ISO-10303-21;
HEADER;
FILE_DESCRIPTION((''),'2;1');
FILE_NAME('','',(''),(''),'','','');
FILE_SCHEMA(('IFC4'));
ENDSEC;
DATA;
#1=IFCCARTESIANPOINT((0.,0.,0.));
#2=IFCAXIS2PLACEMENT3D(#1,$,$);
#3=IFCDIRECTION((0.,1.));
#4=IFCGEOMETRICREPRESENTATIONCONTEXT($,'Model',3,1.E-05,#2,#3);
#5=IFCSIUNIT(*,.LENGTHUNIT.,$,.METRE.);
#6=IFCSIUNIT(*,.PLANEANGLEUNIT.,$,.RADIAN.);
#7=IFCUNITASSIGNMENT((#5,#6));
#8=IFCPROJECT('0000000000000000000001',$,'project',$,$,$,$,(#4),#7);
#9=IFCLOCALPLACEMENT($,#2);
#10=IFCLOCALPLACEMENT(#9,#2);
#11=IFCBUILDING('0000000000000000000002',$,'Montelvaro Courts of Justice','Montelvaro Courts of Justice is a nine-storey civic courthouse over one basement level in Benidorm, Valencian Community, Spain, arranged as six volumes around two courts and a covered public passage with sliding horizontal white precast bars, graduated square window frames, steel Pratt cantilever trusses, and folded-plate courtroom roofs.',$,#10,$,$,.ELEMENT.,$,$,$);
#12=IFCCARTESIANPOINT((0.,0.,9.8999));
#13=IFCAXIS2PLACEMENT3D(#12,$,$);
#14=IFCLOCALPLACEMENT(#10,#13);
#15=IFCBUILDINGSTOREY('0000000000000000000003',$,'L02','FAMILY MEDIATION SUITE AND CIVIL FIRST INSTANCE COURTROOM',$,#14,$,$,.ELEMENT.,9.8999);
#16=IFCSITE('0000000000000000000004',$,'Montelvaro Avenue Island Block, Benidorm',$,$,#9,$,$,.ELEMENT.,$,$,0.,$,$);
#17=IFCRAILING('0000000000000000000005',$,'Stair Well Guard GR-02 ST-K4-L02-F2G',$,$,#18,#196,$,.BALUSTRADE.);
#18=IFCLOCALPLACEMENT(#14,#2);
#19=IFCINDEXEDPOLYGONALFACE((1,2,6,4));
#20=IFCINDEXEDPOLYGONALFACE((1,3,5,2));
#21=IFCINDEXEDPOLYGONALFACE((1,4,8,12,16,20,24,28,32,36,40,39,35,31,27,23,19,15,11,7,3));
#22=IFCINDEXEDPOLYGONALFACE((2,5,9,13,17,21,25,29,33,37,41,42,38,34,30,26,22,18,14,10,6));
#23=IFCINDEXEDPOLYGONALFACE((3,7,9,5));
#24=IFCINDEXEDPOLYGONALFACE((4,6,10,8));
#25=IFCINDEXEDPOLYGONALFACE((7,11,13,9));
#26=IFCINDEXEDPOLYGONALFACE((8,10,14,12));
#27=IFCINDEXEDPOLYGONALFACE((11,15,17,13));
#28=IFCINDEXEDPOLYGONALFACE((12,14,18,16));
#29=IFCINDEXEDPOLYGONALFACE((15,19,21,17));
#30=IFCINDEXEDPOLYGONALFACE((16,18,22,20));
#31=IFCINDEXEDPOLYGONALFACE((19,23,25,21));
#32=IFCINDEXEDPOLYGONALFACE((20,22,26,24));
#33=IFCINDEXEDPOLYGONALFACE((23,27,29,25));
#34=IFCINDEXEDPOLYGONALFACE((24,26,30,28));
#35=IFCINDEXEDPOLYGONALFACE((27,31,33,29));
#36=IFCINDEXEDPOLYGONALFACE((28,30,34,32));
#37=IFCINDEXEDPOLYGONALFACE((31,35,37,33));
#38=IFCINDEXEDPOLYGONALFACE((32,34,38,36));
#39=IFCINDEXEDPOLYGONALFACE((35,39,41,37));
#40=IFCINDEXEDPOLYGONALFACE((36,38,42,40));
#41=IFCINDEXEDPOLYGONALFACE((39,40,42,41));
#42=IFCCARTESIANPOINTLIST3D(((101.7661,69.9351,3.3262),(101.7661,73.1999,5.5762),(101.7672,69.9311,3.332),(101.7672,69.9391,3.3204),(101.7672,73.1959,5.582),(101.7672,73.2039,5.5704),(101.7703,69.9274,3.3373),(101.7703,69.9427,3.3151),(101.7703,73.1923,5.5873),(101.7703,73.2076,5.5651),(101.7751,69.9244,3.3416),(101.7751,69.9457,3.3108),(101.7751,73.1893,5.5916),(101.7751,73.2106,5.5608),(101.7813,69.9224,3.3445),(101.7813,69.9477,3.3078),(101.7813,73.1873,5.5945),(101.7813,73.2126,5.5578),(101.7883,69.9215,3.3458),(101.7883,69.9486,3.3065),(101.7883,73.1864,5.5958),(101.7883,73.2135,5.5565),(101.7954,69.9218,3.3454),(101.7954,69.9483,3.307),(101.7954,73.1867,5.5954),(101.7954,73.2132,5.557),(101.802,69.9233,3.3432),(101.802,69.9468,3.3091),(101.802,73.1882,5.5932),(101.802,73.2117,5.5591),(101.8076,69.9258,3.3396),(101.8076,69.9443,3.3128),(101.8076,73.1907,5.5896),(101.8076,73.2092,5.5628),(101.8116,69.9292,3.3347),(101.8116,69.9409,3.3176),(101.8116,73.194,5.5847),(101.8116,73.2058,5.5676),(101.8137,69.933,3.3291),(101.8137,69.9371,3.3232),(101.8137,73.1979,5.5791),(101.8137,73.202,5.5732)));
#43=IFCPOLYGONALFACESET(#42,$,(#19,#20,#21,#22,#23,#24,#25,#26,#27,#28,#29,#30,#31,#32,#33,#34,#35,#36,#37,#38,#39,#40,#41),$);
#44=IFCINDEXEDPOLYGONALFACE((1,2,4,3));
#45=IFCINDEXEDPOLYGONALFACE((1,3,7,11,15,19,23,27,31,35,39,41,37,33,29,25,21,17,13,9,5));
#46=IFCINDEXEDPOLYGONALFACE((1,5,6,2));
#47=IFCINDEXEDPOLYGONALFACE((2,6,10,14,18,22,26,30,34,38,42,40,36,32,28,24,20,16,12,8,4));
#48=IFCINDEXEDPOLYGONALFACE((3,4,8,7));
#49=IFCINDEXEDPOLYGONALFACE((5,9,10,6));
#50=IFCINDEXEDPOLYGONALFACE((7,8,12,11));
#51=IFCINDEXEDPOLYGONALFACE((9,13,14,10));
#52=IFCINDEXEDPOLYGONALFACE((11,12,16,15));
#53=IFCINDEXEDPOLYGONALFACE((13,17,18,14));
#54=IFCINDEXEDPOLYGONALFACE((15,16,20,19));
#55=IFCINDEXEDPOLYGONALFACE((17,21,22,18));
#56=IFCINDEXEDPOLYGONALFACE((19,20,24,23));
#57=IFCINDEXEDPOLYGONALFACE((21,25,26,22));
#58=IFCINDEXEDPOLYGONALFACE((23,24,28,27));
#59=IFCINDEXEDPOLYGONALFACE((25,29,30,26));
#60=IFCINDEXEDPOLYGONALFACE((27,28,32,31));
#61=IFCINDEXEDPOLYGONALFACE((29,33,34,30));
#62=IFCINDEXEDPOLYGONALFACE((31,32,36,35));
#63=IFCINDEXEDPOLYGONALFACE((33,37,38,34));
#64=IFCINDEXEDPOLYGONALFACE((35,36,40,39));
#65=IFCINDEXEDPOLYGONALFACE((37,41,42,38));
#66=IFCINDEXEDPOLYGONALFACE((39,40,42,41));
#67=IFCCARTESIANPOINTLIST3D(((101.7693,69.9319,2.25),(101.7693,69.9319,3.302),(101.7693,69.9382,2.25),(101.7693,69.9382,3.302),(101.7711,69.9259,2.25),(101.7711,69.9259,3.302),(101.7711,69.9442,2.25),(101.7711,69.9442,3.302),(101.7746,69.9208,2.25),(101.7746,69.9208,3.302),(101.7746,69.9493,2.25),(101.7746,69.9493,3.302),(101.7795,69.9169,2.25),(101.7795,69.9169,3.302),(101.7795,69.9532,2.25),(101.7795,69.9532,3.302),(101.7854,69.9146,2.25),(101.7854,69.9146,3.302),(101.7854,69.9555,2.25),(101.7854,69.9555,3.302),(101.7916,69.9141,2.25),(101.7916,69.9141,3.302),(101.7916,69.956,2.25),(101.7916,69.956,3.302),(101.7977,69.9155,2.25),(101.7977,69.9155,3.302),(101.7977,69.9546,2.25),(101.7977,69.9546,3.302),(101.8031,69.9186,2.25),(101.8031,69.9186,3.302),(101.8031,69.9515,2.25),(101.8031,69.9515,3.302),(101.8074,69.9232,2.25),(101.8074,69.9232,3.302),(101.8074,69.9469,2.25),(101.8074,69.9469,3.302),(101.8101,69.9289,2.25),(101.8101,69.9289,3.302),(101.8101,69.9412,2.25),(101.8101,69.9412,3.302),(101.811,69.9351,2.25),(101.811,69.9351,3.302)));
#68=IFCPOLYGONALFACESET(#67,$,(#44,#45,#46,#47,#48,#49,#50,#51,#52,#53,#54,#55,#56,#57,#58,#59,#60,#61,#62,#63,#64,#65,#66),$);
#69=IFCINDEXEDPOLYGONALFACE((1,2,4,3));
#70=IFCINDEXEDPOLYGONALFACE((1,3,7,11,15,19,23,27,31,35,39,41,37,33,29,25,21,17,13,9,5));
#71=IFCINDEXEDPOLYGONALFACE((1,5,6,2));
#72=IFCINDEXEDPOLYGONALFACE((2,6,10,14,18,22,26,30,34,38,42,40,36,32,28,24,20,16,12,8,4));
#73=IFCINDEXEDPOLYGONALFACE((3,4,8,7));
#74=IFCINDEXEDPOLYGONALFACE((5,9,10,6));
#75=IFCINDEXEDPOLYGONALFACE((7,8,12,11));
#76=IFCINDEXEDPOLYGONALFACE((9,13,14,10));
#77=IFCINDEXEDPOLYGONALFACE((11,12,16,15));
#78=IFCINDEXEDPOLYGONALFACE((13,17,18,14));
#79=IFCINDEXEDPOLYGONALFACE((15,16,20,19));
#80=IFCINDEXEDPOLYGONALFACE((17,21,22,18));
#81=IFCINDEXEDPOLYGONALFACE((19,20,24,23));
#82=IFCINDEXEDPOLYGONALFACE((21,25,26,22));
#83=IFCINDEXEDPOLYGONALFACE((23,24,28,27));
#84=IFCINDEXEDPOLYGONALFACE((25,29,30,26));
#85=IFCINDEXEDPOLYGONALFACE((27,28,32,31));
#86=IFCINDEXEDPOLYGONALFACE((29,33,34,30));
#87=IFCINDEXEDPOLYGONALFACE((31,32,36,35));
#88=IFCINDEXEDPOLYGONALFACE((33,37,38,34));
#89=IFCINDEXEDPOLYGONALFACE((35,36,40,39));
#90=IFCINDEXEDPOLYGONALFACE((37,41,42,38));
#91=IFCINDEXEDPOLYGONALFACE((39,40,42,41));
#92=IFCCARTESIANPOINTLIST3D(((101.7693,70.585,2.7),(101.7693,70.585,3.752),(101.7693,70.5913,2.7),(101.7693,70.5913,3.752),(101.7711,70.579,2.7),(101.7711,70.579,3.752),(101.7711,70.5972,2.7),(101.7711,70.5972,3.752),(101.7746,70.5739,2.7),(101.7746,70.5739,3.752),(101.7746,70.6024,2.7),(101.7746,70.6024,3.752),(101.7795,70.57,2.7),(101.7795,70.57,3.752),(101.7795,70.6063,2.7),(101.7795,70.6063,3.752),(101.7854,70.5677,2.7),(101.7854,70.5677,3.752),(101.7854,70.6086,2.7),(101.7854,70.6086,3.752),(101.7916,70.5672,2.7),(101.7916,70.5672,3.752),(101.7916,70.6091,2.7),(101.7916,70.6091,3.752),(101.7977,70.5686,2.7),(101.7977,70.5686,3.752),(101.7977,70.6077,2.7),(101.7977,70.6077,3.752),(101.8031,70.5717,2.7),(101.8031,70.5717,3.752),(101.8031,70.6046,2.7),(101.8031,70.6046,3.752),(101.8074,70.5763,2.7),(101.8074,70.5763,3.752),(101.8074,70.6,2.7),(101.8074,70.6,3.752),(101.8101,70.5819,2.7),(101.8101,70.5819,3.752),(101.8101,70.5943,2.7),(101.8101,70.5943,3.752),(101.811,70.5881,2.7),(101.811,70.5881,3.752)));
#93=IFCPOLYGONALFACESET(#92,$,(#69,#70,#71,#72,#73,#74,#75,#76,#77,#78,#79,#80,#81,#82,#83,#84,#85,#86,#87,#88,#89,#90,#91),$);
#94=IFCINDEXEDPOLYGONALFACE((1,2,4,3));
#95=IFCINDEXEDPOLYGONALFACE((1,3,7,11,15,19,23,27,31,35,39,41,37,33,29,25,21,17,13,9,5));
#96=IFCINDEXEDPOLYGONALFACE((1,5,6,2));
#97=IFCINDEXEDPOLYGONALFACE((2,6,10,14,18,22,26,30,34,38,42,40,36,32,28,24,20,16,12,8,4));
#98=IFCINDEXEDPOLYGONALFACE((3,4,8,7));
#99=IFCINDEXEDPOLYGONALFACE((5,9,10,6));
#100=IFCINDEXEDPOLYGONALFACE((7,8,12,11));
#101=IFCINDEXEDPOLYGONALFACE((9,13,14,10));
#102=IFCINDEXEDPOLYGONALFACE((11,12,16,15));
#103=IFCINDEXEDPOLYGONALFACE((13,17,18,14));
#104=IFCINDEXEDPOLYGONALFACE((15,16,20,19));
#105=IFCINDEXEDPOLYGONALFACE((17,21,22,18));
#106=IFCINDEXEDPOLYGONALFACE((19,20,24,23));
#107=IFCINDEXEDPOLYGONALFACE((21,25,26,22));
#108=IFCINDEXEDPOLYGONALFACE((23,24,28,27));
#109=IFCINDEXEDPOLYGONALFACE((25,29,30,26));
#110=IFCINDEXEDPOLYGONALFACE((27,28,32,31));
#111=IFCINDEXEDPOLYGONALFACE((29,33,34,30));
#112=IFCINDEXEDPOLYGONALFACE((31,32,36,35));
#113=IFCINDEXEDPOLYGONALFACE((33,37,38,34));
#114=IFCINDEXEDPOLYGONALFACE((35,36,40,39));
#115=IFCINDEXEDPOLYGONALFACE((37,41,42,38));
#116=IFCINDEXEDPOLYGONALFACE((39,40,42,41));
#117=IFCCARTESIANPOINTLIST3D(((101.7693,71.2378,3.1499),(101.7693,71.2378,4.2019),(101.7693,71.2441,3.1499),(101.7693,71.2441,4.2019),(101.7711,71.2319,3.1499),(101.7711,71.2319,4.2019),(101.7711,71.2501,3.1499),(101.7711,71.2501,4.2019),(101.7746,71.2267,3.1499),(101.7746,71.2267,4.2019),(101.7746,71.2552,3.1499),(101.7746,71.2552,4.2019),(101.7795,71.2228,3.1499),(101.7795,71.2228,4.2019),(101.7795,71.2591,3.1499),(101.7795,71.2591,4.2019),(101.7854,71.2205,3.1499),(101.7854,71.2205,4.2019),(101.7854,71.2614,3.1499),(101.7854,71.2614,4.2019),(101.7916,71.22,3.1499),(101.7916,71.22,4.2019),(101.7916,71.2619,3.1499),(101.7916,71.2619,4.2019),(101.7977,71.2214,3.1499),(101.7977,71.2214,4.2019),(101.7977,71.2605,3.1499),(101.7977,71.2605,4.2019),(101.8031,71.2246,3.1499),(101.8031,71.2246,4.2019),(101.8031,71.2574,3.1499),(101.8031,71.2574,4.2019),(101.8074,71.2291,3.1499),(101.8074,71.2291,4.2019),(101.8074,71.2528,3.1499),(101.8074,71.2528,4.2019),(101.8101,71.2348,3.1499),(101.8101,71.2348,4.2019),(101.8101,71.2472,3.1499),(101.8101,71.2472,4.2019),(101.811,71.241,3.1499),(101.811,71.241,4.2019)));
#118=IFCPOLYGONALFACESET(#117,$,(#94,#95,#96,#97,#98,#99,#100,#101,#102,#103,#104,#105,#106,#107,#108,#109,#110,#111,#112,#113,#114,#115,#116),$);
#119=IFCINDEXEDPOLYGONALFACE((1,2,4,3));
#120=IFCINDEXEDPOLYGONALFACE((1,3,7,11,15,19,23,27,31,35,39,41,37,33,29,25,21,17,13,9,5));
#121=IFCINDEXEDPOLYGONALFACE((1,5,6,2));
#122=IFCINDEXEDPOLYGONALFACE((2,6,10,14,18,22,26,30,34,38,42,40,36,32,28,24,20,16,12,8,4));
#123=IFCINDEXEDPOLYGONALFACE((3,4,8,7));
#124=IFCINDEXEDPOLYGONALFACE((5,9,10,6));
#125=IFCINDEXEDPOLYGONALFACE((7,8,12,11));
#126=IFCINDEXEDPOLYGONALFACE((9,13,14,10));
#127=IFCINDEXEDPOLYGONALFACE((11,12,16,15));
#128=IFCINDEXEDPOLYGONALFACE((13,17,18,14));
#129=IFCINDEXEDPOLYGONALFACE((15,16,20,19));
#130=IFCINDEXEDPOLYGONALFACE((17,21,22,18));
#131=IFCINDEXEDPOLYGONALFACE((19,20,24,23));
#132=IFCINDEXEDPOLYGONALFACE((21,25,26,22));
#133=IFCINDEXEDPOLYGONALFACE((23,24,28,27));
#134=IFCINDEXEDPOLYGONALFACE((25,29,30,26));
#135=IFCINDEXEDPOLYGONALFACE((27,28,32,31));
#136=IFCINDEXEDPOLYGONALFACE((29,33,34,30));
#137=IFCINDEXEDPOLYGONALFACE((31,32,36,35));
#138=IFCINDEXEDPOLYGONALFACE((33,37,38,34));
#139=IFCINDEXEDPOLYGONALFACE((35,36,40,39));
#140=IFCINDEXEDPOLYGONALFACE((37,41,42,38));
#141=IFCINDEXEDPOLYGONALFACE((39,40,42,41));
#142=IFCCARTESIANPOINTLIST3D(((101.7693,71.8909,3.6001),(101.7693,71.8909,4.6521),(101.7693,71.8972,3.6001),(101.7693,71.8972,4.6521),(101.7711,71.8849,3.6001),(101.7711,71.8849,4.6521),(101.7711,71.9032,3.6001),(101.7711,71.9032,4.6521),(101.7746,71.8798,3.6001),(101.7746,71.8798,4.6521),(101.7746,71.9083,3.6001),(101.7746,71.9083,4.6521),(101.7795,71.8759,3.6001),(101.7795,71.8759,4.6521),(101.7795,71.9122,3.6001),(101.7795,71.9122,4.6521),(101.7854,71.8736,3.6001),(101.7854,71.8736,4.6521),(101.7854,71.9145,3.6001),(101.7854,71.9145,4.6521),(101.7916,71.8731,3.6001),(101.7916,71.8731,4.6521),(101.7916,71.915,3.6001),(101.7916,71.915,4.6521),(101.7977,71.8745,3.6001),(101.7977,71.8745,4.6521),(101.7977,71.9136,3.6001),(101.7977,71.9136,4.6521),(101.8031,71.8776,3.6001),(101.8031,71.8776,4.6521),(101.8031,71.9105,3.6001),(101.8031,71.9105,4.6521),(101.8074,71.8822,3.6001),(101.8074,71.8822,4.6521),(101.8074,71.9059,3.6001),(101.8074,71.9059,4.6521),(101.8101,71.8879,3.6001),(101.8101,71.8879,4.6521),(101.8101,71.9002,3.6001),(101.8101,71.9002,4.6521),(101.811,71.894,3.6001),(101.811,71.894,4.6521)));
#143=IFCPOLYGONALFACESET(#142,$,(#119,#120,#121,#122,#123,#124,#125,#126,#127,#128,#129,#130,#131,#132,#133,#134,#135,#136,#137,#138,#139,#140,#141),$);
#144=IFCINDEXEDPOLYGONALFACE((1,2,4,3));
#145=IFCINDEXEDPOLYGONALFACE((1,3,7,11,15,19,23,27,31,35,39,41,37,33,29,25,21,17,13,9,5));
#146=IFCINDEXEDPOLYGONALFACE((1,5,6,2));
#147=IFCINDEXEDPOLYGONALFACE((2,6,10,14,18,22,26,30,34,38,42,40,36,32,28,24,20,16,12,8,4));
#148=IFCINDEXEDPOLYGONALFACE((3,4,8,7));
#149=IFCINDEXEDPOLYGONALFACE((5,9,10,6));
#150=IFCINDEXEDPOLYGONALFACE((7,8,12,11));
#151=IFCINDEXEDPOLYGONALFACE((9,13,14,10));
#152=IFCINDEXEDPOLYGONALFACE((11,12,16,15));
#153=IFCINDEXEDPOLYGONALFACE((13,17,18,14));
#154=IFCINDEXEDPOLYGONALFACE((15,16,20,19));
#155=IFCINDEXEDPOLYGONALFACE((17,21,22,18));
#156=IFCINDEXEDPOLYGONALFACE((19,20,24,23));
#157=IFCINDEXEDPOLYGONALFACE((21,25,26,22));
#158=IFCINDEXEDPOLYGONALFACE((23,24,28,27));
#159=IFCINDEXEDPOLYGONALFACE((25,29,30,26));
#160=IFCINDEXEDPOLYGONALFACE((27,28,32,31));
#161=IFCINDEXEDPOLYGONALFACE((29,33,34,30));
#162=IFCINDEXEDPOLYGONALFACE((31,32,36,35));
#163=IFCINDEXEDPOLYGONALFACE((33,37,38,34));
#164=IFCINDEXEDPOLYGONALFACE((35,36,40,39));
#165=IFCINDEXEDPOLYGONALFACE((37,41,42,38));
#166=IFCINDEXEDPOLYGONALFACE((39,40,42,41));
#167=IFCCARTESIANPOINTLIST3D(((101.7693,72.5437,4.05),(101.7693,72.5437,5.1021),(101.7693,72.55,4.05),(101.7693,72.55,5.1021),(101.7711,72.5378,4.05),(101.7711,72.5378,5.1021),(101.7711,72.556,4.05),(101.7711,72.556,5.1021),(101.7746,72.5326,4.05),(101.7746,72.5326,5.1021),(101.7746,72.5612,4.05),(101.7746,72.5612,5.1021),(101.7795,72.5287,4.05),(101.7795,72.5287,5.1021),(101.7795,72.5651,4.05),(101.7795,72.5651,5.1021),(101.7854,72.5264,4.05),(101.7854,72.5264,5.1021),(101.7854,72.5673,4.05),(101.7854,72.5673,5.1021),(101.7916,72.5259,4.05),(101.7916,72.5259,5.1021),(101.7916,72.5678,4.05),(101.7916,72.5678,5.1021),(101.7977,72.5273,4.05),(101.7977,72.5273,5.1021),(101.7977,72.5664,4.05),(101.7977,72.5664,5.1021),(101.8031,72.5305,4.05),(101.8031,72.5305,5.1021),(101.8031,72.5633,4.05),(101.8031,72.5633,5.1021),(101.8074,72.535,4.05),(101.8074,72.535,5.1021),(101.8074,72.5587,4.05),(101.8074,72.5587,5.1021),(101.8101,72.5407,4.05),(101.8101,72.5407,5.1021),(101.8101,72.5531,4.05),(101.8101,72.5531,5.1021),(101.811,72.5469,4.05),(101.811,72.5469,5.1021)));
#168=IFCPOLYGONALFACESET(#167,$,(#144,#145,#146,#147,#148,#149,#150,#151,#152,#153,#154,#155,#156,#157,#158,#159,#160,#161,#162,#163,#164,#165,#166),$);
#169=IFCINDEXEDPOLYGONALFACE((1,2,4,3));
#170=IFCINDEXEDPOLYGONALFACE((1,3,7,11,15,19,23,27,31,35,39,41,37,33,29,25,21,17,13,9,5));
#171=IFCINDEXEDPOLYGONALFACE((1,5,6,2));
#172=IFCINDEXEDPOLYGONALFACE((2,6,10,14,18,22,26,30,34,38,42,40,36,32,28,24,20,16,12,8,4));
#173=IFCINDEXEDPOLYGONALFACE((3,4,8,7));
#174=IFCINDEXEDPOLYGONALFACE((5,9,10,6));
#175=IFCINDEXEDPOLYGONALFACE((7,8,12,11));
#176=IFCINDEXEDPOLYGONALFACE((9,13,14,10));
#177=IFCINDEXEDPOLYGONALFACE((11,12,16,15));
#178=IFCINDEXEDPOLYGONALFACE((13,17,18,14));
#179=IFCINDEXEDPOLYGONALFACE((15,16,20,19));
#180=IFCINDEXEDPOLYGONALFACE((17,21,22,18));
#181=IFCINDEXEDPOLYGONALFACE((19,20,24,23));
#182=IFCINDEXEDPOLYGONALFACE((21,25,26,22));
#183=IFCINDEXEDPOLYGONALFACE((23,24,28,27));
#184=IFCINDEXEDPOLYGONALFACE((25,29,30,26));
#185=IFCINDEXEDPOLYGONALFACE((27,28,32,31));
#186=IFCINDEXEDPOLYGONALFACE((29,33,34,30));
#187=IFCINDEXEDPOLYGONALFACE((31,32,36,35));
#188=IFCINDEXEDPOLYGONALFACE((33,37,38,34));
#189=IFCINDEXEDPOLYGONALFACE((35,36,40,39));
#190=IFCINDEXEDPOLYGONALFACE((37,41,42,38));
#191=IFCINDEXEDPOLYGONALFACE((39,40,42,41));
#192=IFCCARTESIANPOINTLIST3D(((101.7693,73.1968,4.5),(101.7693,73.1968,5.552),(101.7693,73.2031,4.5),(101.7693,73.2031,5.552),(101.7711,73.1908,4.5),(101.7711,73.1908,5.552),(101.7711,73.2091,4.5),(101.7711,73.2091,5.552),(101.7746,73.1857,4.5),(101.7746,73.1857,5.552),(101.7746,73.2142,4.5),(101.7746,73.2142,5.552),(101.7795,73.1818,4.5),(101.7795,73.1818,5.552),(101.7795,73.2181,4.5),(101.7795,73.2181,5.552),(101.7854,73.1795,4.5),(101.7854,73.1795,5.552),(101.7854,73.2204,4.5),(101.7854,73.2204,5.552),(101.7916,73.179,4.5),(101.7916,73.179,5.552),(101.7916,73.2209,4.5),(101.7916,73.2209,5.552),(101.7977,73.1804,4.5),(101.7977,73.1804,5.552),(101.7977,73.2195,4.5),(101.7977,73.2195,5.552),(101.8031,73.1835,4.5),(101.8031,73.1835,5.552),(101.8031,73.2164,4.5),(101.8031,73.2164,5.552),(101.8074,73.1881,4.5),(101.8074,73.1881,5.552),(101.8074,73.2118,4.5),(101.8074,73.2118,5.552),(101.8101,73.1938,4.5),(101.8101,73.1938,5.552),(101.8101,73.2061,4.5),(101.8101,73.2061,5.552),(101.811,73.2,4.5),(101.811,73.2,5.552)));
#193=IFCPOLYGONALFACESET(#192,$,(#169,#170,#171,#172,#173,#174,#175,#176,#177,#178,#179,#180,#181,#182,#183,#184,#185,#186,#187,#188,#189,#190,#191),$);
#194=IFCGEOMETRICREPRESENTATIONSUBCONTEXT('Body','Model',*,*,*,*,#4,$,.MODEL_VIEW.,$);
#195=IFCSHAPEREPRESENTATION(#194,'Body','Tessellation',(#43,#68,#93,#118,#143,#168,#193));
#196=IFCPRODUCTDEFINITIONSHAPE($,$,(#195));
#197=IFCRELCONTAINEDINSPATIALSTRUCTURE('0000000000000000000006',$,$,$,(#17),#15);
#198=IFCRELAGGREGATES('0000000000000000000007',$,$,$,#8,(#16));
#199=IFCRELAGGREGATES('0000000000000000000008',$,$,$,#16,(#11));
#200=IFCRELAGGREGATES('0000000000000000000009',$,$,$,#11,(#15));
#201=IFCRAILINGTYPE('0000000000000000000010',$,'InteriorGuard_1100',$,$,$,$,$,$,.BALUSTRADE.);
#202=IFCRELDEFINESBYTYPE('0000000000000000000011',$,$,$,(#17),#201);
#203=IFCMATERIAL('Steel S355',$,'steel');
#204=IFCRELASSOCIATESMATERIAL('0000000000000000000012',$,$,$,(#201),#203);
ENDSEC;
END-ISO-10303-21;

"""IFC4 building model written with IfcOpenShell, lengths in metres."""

from ifc_helpers import new_model, si_unit, direction, frame, origin, origin_2d, place, context, subcontext, project, spatial, circle, extrude, material, type_object, element, save


model = new_model("IFC4")

# Units and contexts
model_context = context("Model", 3, precision=1e-05, world=origin(), true_north=direction((0.0, 1.0)))
body_context = subcontext(model_context, "Body", "Model", "MODEL_VIEW")
ifc_project = project(units=[si_unit("LENGTHUNIT", "METRE"), si_unit("PLANEANGLEUNIT", "RADIAN")], contexts=[model_context])

# Site, building, storey
site_placement = place(None, origin())
site = spatial("IfcSite", under=ifc_project, at=site_placement, Name="Montelvaro Avenue Island Block, Benidorm", CompositionType="ELEMENT", RefElevation=0.0)
building_placement = place(site_placement, origin())
building = spatial("IfcBuilding", under=site, at=building_placement, Name="Montelvaro Courts of Justice", Description="Montelvaro Courts of Justice is a nine-storey civic courthouse over one basement level in Benidorm, Valencian Community, Spain, arranged as six volumes around two courts and a covered public passage with sliding horizontal white precast bars, graduated square window frames, steel Pratt cantilever trusses, and folded-plate courtroom roofs.", CompositionType="ELEMENT")
storey_placement = place(building_placement, frame((0.0, 0.0, 9.8999)))
storey = spatial("IfcBuildingStorey", under=building, at=storey_placement, Name="L02", Description="FAMILY MEDIATION SUITE AND CIVIL FIRST INSTANCE COURTROOM", CompositionType="ELEMENT", Elevation=9.8999)

# Shared definitions
ifc_material_1 = material(Name="Steel S355", Category="steel")

# Railing
railing_type_1 = type_object("IfcRailingType", Name="InteriorGuard_1100", PredefinedType="BALUSTRADE", material=ifc_material_1)
railing_1_placement = place(storey_placement, frame((101.79, 69.9351, 2.25)))
element("IfcRailing", 1, at=railing_1_placement, inside=storey, type_object=railing_type_1, Name="Stair Well Guard GR-02 ST-K4-L02-F2G", PredefinedType="BALUSTRADE", context=body_context, shape_type="SweptSolid", body=[
    extrude(circle(Radius=0.0239, at=origin_2d()), frame((0.0, 0.0, 1.0762), z_axis=(0.0, 0.823407, 0.567451), x_axis=(-1.0, 0.0, 0.0)), (0.0, 0.0, 1.0), 3.9651),
    extrude(circle(Radius=0.021, at=origin_2d()), origin(), (0.0, 0.0, 1.0), 1.052),
    extrude(circle(Radius=0.021, at=origin_2d()), frame((0.0, 0.6531, 0.45)), (0.0, 0.0, 1.0), 1.052),
    extrude(circle(Radius=0.021, at=origin_2d()), frame((0.0, 1.3059, 0.8999)), (0.0, 0.0, 1.0), 1.052),
    extrude(circle(Radius=0.021, at=origin_2d()), frame((0.0, 1.959, 1.3501)), (0.0, 0.0, 1.0), 1.052),
    extrude(circle(Radius=0.021, at=origin_2d()), frame((0.0, 2.6118, 1.8)), (0.0, 0.0, 1.0), 1.052),
    extrude(circle(Radius=0.021, at=origin_2d()), frame((0.0, 3.2649, 2.25)), (0.0, 0.0, 1.0), 1.052),
])

save(model, "model.ifc")
